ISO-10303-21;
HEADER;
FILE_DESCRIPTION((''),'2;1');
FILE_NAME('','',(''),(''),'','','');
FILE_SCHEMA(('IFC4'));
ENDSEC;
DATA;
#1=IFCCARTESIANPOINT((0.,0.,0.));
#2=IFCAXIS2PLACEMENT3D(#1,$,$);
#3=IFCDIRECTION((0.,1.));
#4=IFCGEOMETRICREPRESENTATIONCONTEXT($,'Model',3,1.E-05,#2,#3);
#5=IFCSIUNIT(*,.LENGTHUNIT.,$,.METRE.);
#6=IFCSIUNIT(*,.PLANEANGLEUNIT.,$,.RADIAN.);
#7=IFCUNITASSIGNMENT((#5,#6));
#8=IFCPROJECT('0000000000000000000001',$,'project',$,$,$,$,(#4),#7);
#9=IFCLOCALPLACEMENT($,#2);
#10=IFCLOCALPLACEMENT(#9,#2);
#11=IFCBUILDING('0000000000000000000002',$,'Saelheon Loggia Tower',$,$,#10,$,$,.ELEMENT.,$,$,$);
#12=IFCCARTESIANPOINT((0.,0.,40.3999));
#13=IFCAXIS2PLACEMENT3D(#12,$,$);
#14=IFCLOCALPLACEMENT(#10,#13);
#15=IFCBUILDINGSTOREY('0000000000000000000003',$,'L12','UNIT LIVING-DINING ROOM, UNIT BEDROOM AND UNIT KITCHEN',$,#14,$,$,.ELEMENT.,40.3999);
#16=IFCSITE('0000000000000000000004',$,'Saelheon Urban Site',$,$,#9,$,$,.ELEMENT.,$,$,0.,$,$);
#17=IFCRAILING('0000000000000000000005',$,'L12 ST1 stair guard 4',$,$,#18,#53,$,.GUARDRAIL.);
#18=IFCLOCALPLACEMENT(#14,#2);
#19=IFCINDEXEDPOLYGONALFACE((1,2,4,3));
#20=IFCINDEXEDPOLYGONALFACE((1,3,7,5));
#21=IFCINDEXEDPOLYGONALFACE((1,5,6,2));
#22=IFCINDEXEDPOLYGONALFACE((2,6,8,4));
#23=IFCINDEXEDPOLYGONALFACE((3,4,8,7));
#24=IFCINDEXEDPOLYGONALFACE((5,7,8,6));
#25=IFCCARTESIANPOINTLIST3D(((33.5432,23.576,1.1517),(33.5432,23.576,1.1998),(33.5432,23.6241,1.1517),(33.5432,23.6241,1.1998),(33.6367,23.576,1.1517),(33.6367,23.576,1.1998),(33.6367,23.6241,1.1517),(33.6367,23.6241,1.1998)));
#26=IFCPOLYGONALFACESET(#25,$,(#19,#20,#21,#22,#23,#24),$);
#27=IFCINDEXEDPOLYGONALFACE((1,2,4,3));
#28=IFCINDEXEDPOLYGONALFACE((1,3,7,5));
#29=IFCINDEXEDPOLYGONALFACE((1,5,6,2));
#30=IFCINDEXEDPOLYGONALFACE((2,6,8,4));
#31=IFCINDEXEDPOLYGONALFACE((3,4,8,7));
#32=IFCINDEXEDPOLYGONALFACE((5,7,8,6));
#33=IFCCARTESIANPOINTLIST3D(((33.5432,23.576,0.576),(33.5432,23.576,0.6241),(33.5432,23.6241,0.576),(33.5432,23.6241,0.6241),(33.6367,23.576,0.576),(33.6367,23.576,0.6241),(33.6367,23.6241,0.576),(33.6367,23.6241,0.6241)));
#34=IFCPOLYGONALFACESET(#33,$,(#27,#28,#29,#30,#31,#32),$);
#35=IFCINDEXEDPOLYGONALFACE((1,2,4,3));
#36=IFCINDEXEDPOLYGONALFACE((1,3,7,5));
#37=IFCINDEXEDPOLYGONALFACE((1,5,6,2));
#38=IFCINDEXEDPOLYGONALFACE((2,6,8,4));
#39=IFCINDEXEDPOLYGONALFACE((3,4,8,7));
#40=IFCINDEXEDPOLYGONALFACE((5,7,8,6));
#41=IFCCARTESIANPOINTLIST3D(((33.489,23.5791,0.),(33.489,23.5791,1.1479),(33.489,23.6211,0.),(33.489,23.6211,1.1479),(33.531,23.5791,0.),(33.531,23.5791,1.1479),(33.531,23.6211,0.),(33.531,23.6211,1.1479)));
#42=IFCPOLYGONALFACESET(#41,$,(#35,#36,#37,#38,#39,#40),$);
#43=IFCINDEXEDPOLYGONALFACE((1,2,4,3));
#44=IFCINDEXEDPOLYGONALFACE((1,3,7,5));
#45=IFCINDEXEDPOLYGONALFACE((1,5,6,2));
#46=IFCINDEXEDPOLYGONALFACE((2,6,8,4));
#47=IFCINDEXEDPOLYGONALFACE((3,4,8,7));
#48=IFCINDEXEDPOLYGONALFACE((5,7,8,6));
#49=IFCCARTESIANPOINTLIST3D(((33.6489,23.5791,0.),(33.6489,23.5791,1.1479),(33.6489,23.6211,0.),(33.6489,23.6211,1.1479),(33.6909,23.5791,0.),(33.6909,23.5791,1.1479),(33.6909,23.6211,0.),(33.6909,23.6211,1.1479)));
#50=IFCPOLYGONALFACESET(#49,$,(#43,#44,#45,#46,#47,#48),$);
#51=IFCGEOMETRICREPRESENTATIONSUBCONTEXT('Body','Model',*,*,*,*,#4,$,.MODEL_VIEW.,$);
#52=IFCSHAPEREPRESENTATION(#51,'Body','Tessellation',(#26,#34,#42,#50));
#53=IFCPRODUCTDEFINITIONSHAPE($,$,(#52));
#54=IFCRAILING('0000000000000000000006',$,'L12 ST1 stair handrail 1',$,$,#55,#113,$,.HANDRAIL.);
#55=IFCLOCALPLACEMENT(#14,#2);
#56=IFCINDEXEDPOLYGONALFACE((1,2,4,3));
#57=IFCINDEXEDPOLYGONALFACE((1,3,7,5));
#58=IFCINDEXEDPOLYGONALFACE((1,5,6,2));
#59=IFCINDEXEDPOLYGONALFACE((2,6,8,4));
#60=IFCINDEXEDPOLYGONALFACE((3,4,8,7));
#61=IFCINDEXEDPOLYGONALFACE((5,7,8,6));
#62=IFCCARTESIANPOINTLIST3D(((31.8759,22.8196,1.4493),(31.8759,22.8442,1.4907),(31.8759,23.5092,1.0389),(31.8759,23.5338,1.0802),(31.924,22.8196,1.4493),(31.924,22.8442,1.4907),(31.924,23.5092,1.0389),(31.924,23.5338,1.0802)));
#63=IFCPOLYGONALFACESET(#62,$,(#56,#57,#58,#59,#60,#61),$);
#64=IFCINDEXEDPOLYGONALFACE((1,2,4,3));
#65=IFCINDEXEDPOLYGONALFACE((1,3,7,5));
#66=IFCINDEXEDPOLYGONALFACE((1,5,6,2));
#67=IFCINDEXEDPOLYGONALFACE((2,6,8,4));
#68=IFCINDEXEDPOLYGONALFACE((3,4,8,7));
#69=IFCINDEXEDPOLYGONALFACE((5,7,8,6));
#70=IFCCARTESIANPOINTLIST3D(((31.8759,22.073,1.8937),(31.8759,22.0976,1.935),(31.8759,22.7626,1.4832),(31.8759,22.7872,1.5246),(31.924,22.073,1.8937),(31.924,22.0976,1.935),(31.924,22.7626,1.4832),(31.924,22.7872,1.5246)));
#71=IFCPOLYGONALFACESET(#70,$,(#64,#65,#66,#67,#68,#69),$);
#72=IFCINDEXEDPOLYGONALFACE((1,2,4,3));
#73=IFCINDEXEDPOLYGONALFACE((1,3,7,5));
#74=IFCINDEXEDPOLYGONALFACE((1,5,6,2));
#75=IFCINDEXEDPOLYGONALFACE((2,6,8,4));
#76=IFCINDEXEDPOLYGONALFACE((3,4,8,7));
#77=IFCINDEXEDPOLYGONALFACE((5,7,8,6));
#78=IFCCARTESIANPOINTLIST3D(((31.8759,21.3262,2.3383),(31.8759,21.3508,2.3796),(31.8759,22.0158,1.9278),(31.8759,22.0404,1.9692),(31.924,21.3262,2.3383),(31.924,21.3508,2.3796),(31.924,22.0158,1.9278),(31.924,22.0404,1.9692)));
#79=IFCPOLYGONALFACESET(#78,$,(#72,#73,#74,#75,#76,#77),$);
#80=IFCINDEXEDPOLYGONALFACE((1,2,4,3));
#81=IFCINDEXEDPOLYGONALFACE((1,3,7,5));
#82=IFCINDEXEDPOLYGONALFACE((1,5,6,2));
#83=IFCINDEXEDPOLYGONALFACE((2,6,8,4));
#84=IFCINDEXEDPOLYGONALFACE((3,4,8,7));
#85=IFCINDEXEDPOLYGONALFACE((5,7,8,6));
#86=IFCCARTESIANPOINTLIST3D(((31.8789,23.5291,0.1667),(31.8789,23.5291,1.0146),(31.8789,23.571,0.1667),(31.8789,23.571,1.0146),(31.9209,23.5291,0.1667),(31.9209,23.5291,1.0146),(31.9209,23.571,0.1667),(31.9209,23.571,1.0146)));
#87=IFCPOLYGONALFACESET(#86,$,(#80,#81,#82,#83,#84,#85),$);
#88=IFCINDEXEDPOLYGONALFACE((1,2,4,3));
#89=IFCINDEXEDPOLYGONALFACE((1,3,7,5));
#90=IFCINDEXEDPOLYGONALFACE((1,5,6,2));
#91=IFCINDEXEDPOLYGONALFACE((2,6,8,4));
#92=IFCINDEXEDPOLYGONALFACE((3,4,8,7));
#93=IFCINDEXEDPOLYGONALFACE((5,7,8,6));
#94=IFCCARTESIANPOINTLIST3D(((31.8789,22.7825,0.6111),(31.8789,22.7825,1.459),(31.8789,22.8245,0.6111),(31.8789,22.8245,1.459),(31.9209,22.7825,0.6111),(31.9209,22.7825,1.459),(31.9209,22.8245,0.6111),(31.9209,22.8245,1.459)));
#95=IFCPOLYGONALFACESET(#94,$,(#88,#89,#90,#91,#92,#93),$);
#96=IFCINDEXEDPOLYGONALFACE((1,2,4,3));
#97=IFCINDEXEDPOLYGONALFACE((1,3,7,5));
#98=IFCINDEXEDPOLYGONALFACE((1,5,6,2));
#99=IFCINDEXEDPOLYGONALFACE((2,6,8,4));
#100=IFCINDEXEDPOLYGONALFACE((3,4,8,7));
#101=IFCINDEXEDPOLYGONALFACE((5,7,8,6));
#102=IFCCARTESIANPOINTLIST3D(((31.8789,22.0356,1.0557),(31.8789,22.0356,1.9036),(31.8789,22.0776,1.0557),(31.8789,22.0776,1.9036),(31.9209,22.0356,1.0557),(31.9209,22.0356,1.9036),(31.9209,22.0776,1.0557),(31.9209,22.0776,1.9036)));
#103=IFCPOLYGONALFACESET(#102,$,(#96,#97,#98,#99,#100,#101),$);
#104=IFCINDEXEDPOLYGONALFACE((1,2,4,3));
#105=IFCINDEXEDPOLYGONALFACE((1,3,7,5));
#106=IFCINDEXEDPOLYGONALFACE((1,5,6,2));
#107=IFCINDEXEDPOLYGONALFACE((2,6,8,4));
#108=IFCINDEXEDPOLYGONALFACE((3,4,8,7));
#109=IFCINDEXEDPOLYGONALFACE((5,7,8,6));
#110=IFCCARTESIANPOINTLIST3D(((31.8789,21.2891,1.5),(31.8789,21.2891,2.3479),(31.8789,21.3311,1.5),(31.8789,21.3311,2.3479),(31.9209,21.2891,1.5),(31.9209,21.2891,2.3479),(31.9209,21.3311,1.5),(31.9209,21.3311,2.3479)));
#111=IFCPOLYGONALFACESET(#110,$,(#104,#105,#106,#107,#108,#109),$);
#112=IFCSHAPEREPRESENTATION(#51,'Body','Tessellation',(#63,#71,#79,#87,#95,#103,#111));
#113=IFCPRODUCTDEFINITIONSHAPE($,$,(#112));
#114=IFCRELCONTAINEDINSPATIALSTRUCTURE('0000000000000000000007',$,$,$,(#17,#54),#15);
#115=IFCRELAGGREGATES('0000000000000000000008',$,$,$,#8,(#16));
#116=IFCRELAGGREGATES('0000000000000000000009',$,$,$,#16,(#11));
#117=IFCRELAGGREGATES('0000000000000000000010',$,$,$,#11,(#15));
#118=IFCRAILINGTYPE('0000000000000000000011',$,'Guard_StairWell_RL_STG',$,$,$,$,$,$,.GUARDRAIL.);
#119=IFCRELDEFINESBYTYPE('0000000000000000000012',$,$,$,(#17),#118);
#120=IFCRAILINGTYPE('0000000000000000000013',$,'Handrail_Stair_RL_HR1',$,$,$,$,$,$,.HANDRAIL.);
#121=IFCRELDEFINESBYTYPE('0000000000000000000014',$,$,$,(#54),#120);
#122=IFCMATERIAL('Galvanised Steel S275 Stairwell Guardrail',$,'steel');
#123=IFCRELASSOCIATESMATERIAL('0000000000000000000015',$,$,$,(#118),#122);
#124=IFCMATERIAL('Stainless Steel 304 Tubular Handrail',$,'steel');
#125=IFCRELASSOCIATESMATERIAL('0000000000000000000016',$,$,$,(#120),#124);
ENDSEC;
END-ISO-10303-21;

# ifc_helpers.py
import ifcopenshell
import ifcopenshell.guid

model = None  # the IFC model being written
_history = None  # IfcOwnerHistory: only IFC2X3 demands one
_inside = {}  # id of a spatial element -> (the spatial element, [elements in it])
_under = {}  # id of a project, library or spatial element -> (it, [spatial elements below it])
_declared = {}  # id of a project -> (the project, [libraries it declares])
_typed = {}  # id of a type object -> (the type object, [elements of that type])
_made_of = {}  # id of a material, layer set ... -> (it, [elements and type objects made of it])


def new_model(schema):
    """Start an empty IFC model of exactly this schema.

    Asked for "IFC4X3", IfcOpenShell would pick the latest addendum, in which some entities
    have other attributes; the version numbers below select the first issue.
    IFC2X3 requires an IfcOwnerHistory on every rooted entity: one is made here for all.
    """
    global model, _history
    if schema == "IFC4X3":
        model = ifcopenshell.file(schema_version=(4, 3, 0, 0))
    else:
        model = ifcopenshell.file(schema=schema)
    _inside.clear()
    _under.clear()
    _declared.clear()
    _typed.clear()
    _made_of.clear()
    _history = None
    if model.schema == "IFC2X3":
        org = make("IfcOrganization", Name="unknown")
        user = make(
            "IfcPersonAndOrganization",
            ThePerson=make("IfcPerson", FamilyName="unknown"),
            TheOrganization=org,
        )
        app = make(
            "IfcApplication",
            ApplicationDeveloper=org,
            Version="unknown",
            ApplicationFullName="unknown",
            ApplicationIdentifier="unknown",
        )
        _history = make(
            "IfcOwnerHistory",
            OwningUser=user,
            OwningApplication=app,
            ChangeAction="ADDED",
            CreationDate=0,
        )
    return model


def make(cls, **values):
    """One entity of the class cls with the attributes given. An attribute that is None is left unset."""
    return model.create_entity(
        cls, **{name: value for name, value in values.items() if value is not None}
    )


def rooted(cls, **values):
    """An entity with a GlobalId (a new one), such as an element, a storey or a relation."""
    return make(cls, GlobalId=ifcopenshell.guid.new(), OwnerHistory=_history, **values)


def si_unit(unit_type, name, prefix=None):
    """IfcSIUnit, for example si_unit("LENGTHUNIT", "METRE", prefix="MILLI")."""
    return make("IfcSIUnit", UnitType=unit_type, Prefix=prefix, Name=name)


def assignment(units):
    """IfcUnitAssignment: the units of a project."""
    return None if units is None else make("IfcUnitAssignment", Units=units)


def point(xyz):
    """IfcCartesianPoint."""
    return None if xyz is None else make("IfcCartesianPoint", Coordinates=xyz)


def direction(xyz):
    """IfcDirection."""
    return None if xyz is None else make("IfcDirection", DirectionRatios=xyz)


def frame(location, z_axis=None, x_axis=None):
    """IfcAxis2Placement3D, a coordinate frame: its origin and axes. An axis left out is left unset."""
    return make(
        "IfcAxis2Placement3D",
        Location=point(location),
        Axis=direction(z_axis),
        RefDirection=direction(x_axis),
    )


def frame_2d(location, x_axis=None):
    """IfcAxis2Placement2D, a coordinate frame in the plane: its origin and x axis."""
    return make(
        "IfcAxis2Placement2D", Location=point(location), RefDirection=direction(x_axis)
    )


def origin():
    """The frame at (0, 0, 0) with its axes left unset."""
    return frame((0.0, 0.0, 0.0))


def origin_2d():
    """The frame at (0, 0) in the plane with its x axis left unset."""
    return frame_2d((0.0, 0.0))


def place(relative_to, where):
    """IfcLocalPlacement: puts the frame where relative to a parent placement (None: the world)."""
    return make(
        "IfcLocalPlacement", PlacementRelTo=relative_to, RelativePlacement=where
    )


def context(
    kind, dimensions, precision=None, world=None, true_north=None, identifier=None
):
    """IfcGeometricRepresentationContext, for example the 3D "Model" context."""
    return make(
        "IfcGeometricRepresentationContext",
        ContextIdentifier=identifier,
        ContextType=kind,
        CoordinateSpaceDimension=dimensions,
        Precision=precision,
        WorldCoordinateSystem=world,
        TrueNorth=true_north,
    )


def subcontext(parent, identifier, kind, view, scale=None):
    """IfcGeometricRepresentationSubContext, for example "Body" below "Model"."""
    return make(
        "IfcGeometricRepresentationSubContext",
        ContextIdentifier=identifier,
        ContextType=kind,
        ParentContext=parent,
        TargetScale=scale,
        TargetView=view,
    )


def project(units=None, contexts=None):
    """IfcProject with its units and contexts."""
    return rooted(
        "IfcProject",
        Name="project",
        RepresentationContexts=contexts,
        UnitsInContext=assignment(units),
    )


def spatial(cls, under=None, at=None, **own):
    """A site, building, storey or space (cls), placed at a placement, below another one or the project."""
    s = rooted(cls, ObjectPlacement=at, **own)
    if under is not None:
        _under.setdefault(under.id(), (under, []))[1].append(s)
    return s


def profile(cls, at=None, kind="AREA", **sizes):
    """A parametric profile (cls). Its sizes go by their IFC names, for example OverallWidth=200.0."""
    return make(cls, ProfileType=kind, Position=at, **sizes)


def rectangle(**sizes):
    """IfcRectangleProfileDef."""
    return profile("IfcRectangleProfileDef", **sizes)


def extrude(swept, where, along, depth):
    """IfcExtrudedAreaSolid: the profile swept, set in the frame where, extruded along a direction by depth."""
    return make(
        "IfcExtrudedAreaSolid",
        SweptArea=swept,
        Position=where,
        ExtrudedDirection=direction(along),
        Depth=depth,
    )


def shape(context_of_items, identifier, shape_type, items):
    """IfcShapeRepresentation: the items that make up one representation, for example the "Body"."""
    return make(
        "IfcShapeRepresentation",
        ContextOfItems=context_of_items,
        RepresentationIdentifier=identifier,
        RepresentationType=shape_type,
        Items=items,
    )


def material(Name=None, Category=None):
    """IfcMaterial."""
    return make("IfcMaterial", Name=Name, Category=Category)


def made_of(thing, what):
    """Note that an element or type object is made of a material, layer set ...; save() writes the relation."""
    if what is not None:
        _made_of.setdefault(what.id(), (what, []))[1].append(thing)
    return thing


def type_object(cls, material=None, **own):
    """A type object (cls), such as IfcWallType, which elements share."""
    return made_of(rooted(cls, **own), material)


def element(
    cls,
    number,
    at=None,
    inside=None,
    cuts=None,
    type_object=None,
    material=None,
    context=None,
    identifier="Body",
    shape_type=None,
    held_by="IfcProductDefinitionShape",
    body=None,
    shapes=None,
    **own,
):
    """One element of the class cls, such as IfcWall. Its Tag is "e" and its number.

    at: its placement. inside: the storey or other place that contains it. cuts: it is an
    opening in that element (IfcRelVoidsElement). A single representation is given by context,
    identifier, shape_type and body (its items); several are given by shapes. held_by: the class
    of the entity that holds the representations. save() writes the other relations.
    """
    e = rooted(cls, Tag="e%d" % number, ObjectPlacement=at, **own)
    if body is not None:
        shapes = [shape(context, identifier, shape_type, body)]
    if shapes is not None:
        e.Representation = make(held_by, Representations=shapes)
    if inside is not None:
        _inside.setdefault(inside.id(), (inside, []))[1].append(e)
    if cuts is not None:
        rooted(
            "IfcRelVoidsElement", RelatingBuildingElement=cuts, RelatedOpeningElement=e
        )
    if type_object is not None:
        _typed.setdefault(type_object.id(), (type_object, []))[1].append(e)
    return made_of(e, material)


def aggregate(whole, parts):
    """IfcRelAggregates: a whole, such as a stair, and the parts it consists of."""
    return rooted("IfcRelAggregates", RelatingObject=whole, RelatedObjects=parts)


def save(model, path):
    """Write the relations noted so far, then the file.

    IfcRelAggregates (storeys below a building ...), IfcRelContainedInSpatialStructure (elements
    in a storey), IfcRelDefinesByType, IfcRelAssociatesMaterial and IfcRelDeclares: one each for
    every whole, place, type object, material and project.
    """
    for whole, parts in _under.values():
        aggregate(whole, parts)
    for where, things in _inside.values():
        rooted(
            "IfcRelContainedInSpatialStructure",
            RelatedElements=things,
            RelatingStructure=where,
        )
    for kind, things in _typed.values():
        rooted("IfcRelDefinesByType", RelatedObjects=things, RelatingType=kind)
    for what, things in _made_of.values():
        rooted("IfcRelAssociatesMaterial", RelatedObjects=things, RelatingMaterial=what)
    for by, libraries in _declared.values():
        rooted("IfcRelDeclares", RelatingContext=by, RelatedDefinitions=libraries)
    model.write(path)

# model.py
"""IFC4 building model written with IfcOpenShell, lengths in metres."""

from ifc_helpers import new_model, si_unit, direction, frame, origin, origin_2d, place, context, subcontext, project, spatial, rectangle, extrude, material, type_object, element, save


model = new_model("IFC4")

# Units and contexts
model_context = context("Model", 3, precision=1e-05, world=origin(), true_north=direction((0.0, 1.0)))
body_context = subcontext(model_context, "Body", "Model", "MODEL_VIEW")
ifc_project = project(units=[si_unit("LENGTHUNIT", "METRE"), si_unit("PLANEANGLEUNIT", "RADIAN")], contexts=[model_context])

# Site, building, storey
site_placement = place(None, origin())
site = spatial("IfcSite", under=ifc_project, at=site_placement, Name="Saelheon Urban Site", CompositionType="ELEMENT", RefElevation=0.0)
building_placement = place(site_placement, origin())
building = spatial("IfcBuilding", under=site, at=building_placement, Name="Saelheon Loggia Tower", CompositionType="ELEMENT")
storey_placement = place(building_placement, frame((0.0, 0.0, 40.3999)))
storey = spatial("IfcBuildingStorey", under=building, at=storey_placement, Name="L12", Description="UNIT LIVING-DINING ROOM, UNIT BEDROOM AND UNIT KITCHEN", CompositionType="ELEMENT", Elevation=40.3999)

# Railings
ifc_material_1 = material(Name="Galvanised Steel S275 Stairwell Guardrail", Category="steel")
railing_type_1 = type_object("IfcRailingType", Name="Guard_StairWell_RL_STG", PredefinedType="GUARDRAIL", material=ifc_material_1)
railing_1_placement = place(storey_placement, frame((33.51, 23.6001, 0.0)))
element("IfcRailing", 1, at=railing_1_placement, inside=storey, type_object=railing_type_1, Name="L12 ST1 stair guard 4", PredefinedType="GUARDRAIL", context=body_context, shape_type="SweptSolid", body=[
    extrude(rectangle(XDim=0.0481, YDim=0.0481, at=origin_2d()), frame((0.0332, 0.0, 1.1758), z_axis=(1.0, 0.0, 0.0), x_axis=(0.0, 1.0, 0.0)), (0.0, 0.0, 1.0), 0.0935),
    extrude(rectangle(XDim=0.0481, YDim=0.0481, at=origin_2d()), frame((0.0332, 0.0, 0.6001), z_axis=(1.0, 0.0, 0.0), x_axis=(0.0, 1.0, 0.0)), (0.0, 0.0, 1.0), 0.0935),
    extrude(rectangle(XDim=0.042, YDim=0.042, at=origin_2d()), origin(), (0.0, 0.0, 1.0), 1.1479),
    extrude(rectangle(XDim=0.042, YDim=0.042, at=origin_2d()), frame((0.1599, 0.0, 0.0)), (0.0, 0.0, 1.0), 1.1479),
])
ifc_material_2 = material(Name="Stainless Steel 304 Tubular Handrail", Category="steel")
railing_type_2 = type_object("IfcRailingType", Name="Handrail_Stair_RL_HR1", PredefinedType="HANDRAIL", material=ifc_material_2)
railing_2_placement = place(storey_placement, frame((31.8999, 23.55, 0.1667)))
element("IfcRailing", 2, at=railing_2_placement, inside=storey, type_object=railing_type_2, Name="L12 ST1 stair handrail 1", PredefinedType="HANDRAIL", context=body_context, shape_type="SweptSolid", body=[
    extrude(rectangle(XDim=0.0481, YDim=0.0481, at=origin_2d()), frame((0.0, -0.0286, 0.8928), z_axis=(0.0, -0.859306, 0.511462), x_axis=(1.0, 0.0, 0.0)), (0.0, 0.0, 1.0), 0.8025),
    extrude(rectangle(XDim=0.0481, YDim=0.0481, at=origin_2d()), frame((0.0, -0.7751, 1.3372), z_axis=(0.0, -0.859306, 0.511462), x_axis=(1.0, 0.0, 0.0)), (0.0, 0.0, 1.0), 0.8025),
    extrude(rectangle(XDim=0.0481, YDim=0.0481, at=origin_2d()), frame((0.0, -1.522, 1.7817), z_axis=(0.0, -0.859306, 0.511462), x_axis=(1.0, 0.0, 0.0)), (0.0, 0.0, 1.0), 0.8025),
    extrude(rectangle(XDim=0.042, YDim=0.042, at=origin_2d()), origin(), (0.0, 0.0, 1.0), 0.8479),
    extrude(rectangle(XDim=0.042, YDim=0.042, at=origin_2d()), frame((0.0, -0.7466, 0.4443)), (0.0, 0.0, 1.0), 0.8479),
    extrude(rectangle(XDim=0.042, YDim=0.042, at=origin_2d()), frame((0.0, -1.4934, 0.8889)), (0.0, 0.0, 1.0), 0.8479),
    extrude(rectangle(XDim=0.042, YDim=0.042, at=origin_2d()), frame((0.0, -2.24, 1.3333)), (0.0, 0.0, 1.0), 0.8479),
])

save(model, "model.ifc")
